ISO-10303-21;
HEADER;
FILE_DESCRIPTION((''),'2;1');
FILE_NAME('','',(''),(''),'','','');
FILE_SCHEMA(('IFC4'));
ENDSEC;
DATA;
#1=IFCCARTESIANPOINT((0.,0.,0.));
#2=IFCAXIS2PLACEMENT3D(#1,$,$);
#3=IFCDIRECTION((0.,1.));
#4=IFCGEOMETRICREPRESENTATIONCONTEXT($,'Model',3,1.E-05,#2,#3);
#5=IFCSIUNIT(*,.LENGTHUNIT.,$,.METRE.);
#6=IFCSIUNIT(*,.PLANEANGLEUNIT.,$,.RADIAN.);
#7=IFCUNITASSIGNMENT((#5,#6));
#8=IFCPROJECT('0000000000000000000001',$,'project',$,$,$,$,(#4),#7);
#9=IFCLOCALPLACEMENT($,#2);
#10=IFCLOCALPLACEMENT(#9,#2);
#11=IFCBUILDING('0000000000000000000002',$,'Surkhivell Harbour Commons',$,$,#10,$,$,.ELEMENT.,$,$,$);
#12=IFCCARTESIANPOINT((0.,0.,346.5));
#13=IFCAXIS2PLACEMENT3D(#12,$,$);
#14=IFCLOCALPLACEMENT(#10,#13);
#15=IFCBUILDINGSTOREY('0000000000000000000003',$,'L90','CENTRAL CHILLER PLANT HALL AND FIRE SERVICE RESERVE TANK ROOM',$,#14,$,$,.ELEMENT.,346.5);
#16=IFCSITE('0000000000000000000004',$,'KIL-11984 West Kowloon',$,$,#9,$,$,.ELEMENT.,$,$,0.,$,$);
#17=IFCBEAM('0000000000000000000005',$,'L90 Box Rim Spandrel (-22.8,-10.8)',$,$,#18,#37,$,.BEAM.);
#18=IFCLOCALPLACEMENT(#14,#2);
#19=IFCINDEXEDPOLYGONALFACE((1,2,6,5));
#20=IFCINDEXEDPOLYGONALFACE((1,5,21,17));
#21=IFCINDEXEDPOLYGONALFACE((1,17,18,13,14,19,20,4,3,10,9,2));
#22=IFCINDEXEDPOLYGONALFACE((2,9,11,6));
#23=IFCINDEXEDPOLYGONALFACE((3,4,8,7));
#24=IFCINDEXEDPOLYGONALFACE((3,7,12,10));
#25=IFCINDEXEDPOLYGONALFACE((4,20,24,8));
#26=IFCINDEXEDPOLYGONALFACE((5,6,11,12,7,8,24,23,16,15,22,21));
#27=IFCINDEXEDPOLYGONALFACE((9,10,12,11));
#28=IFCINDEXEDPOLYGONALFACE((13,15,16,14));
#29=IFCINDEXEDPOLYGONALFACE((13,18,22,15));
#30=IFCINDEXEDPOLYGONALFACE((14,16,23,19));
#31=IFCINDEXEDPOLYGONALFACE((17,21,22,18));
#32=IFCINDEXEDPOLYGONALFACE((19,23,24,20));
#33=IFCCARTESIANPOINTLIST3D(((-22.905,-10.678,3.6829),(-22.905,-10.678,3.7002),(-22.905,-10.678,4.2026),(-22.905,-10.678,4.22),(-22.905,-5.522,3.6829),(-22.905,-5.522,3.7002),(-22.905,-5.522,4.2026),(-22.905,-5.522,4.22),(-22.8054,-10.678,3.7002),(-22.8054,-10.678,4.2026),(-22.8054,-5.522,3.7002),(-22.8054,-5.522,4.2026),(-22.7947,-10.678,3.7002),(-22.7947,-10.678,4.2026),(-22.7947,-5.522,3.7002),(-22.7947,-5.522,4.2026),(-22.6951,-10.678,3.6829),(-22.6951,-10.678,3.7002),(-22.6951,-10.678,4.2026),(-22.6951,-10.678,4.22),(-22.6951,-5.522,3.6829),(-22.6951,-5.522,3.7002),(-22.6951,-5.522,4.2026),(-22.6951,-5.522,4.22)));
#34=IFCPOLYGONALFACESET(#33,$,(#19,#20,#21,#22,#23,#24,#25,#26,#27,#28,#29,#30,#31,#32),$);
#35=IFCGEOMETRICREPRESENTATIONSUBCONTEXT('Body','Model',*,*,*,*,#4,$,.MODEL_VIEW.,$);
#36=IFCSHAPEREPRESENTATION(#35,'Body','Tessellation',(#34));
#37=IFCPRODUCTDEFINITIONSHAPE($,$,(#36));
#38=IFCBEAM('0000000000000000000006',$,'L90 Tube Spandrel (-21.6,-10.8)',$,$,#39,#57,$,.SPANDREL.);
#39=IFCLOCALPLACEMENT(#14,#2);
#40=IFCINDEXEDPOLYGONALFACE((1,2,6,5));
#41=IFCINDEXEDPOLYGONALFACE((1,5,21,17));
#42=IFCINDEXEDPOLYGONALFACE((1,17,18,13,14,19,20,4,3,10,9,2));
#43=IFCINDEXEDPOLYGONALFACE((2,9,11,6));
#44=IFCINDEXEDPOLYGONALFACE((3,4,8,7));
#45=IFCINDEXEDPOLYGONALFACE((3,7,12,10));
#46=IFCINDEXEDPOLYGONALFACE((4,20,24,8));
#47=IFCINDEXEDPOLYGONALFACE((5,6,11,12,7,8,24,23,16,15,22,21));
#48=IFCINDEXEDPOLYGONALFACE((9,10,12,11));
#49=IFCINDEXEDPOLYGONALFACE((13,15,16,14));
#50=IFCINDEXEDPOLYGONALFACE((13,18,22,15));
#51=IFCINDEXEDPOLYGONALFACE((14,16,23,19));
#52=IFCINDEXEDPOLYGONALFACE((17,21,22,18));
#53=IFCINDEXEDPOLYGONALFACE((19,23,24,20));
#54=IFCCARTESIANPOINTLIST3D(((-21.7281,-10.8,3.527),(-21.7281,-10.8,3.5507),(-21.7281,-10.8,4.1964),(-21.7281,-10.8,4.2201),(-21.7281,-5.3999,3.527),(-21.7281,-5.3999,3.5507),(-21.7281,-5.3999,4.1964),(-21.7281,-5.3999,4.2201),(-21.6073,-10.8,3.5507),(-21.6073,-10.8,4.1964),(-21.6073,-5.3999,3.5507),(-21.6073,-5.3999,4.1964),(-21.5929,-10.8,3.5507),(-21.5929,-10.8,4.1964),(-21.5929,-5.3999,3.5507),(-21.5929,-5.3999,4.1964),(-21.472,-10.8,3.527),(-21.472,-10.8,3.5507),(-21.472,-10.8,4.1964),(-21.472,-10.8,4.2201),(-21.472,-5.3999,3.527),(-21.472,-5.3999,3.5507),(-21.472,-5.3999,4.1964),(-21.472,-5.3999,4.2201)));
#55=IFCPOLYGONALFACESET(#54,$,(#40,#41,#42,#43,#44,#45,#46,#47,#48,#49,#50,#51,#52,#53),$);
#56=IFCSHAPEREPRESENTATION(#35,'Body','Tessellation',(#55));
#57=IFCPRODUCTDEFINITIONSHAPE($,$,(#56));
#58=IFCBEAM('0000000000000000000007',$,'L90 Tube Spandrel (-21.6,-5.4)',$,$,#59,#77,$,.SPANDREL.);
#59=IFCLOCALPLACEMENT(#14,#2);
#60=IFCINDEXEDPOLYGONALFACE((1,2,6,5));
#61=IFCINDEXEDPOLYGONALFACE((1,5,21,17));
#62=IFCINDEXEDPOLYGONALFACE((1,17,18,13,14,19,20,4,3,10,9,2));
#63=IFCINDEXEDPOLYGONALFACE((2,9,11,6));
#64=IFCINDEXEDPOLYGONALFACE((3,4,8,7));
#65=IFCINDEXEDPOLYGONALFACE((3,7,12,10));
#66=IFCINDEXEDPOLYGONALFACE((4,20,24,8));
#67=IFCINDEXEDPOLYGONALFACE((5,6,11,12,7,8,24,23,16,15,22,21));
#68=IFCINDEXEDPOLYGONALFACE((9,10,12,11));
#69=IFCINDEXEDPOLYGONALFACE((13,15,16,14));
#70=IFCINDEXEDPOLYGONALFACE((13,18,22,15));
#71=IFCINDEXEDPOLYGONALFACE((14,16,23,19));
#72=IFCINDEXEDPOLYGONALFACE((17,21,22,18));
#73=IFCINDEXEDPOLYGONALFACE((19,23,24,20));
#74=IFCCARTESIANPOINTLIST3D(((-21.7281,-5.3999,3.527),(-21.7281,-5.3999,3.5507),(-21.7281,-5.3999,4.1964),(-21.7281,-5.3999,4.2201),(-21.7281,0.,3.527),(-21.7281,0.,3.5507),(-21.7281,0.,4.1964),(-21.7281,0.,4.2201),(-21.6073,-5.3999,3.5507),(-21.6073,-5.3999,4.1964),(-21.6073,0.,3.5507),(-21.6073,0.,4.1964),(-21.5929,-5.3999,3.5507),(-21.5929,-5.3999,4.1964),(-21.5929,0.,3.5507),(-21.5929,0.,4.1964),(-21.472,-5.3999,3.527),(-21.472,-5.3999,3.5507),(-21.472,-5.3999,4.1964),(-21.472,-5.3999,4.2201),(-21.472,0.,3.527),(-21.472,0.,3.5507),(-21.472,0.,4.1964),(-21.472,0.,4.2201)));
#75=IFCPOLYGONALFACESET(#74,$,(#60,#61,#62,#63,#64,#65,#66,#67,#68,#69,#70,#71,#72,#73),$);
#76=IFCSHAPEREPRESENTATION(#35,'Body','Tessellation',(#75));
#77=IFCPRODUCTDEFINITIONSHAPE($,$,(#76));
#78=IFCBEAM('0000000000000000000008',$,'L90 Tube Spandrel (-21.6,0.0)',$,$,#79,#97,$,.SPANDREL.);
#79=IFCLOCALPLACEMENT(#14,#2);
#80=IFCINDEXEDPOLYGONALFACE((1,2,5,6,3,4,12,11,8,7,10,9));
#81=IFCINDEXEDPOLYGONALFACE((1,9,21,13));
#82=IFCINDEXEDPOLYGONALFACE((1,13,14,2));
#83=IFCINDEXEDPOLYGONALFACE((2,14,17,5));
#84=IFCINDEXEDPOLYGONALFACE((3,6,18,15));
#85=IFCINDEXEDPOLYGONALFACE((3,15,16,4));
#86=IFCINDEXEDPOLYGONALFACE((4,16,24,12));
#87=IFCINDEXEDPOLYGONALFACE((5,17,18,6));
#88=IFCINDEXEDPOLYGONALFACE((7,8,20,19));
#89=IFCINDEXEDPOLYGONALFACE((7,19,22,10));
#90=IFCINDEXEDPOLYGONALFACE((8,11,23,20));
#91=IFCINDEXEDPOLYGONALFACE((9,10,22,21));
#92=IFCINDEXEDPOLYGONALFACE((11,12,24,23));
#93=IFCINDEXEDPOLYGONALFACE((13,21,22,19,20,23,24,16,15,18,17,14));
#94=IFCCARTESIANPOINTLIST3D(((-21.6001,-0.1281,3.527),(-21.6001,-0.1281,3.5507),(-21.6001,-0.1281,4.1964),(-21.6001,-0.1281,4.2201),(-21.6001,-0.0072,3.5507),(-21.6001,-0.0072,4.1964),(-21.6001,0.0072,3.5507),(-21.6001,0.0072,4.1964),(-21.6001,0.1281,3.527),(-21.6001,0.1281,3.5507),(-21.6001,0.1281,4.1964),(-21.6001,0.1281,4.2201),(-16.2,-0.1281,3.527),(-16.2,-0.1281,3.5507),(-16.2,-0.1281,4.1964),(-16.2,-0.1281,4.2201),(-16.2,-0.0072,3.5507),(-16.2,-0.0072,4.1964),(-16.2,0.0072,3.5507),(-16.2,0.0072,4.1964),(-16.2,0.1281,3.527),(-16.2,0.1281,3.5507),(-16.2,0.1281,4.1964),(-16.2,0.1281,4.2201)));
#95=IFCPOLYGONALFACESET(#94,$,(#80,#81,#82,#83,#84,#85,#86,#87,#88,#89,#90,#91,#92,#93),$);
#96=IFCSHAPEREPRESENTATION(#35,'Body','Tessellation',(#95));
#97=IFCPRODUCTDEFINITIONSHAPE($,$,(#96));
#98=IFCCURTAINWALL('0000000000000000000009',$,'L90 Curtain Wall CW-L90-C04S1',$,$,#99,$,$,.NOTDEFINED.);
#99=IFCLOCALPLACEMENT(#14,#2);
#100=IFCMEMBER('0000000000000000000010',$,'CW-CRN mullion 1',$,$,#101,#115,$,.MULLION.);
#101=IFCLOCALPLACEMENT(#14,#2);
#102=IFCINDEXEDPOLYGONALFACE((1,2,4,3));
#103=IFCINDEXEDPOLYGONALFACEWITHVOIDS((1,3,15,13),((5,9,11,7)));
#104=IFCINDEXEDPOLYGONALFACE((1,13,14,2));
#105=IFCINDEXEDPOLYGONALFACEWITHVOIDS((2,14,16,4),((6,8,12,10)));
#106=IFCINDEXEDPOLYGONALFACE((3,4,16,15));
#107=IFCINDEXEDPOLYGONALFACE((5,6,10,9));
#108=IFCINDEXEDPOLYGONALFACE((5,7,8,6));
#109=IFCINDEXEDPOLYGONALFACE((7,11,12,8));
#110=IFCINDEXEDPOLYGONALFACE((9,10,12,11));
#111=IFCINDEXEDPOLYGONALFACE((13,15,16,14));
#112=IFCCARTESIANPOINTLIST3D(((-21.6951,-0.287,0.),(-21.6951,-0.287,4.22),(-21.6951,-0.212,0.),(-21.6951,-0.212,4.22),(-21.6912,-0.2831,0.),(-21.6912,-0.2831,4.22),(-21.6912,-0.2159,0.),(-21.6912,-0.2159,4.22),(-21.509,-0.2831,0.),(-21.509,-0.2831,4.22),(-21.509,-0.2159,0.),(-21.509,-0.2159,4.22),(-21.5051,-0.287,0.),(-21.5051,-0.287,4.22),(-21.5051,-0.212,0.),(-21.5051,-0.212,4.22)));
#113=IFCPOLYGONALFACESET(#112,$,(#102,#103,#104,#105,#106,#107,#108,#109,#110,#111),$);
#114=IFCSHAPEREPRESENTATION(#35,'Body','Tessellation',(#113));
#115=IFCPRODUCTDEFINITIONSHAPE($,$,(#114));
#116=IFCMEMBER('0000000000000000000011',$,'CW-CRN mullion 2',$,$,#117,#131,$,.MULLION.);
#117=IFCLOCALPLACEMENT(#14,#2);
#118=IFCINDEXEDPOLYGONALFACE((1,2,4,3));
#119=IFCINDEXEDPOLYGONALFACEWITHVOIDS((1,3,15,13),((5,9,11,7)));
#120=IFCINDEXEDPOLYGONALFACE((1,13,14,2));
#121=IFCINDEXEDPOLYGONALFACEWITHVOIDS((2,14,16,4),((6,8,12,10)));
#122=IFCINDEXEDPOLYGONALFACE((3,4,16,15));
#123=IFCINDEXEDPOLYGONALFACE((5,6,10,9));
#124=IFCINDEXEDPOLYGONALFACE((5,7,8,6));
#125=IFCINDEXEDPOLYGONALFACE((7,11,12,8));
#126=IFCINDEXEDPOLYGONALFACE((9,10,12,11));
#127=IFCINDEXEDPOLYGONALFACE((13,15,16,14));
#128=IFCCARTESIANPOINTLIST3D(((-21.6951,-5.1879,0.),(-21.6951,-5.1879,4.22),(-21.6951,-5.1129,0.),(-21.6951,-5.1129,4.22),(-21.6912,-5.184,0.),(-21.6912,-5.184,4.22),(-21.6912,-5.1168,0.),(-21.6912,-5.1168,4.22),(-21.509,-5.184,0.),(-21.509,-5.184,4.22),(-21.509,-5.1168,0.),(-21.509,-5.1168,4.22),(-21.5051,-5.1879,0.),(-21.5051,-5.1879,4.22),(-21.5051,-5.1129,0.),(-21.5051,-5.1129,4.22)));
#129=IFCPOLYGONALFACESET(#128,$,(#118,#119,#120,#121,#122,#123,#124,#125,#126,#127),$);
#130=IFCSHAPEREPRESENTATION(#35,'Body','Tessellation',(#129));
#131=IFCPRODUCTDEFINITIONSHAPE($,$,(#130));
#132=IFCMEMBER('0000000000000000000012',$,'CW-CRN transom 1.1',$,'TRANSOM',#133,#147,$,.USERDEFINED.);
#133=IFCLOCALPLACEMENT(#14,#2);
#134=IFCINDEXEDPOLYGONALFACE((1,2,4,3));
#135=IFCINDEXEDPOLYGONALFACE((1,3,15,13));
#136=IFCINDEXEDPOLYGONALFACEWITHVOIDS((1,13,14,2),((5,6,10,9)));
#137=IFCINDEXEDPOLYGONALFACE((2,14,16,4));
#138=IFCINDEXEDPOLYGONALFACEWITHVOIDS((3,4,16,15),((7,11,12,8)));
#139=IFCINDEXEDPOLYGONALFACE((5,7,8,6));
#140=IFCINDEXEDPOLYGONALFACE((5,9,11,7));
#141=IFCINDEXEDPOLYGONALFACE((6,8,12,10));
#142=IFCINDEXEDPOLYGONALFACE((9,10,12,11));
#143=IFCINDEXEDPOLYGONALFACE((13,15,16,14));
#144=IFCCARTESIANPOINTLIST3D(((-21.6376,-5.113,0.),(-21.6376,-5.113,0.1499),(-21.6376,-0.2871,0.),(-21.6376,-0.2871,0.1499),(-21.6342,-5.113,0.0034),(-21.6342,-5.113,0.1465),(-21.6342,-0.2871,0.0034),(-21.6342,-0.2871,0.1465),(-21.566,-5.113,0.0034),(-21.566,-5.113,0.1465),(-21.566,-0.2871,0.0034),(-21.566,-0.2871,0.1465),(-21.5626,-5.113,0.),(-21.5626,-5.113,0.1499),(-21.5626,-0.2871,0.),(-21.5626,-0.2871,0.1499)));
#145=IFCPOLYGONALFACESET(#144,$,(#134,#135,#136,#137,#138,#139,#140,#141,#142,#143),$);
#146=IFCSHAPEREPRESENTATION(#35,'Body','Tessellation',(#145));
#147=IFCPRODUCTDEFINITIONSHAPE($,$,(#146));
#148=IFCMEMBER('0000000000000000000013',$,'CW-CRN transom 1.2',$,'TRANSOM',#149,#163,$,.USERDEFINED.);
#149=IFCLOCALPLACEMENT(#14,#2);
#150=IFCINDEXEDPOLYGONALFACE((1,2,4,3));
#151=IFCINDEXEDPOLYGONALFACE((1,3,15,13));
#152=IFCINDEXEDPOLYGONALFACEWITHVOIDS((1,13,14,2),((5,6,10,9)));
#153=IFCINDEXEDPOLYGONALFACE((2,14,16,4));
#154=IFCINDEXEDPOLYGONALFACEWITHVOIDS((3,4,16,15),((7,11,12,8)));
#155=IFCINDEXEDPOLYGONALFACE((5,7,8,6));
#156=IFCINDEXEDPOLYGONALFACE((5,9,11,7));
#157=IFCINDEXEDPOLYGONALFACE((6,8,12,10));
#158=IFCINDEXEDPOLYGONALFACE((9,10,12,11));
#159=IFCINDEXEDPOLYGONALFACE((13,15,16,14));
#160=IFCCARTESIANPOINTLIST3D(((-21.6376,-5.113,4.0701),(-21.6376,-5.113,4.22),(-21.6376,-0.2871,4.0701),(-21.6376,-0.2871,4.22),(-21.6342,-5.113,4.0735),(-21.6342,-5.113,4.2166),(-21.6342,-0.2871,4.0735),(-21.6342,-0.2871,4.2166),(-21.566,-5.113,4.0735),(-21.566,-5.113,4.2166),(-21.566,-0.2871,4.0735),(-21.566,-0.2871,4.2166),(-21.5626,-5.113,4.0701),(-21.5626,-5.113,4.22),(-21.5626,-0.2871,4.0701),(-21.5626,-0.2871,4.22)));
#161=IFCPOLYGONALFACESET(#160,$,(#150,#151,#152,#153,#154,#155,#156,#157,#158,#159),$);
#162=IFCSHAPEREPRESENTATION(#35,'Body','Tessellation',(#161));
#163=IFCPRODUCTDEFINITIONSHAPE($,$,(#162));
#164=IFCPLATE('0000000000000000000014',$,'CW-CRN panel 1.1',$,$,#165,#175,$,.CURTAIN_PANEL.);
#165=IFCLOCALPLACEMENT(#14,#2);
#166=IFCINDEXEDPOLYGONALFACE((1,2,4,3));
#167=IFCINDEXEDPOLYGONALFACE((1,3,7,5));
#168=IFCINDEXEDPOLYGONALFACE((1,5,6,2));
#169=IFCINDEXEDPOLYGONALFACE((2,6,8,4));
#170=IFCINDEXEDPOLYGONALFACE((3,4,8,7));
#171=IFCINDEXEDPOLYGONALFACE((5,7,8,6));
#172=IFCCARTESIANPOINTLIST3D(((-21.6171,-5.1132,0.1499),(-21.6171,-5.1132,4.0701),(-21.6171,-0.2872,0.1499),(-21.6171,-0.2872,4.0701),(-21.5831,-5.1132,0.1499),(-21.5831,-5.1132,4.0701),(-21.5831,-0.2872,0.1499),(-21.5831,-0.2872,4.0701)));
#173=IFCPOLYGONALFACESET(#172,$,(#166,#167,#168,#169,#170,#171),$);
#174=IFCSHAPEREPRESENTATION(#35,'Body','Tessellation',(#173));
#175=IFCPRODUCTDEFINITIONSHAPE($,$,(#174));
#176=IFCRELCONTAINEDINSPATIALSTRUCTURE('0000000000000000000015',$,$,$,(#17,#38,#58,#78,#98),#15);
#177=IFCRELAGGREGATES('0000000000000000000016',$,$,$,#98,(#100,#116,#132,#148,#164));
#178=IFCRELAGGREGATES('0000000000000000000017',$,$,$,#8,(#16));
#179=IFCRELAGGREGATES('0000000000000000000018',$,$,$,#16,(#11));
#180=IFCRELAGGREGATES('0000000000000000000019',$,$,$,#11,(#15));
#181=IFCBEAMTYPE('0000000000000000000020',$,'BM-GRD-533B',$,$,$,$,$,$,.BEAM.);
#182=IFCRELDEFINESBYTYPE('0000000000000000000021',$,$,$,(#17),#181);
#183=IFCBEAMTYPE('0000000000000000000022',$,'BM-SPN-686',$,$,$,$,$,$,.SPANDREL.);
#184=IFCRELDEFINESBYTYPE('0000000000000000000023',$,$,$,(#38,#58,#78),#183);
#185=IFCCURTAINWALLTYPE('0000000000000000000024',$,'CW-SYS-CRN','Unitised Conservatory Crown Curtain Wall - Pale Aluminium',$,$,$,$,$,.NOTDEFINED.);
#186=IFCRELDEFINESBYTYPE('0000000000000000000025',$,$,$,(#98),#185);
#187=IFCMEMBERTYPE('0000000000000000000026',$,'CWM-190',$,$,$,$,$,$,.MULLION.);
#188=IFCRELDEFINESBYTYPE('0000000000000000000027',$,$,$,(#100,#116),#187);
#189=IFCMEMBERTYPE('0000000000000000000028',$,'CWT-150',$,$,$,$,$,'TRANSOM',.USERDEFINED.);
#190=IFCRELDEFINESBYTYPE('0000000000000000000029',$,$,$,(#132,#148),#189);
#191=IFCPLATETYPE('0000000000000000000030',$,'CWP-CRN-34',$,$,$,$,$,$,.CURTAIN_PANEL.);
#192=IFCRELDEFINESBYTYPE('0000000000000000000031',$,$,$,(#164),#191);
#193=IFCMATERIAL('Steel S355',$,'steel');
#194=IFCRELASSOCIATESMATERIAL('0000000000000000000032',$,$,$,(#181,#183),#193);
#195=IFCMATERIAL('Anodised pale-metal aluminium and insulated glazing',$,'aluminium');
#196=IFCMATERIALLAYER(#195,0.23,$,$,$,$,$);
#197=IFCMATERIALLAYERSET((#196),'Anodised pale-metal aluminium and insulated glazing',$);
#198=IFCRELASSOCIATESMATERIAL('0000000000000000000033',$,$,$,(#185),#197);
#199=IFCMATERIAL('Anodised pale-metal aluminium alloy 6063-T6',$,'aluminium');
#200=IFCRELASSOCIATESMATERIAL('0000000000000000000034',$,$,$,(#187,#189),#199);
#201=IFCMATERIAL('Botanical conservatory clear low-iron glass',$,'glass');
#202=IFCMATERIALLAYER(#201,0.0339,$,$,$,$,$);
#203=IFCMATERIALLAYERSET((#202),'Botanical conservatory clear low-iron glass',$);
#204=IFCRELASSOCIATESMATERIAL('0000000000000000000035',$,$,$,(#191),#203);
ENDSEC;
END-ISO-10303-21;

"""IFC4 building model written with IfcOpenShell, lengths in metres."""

from ifc_helpers import new_model, si_unit, direction, frame, frame_2d, origin, origin_2d, place, context, subcontext, project, spatial, rectangle, hollow_rectangle, i_section, extrude, material, layer, layer_set, material_profile, profile_set, type_object, element, aggregate, save


model = new_model("IFC4")

# Units and contexts
model_context = context("Model", 3, precision=1e-05, world=origin(), true_north=direction((0.0, 1.0)))
body_context = subcontext(model_context, "Body", "Model", "MODEL_VIEW")
ifc_project = project(units=[si_unit("LENGTHUNIT", "METRE"), si_unit("PLANEANGLEUNIT", "RADIAN")], contexts=[model_context])

# Site, building, storey
site_placement = place(None, origin())
site = spatial("IfcSite", under=ifc_project, at=site_placement, Name="KIL-11984 West Kowloon", CompositionType="ELEMENT", RefElevation=0.0)
building_placement = place(site_placement, origin())
building = spatial("IfcBuilding", under=site, at=building_placement, Name="Surkhivell Harbour Commons", CompositionType="ELEMENT")
storey_placement = place(building_placement, frame((0.0, 0.0, 346.5)))
storey = spatial("IfcBuildingStorey", under=building, at=storey_placement, Name="L90", Description="CENTRAL CHILLER PLANT HALL AND FIRE SERVICE RESERVE TANK ROOM", CompositionType="ELEMENT", Elevation=346.5)

# Beams
ifc_material_1 = material(Name="Steel S355", Category="steel")
ifc_material_profile_1 = material_profile(ifc_material_1, i_section(OverallWidth=0.21, OverallDepth=0.5371, WebThickness=0.0107, FlangeThickness=0.0173, at=origin_2d()), Name="UB533x210x101")
ifc_profile_set_1 = profile_set([ifc_material_profile_1], Name="Steel S355")
beam_type_1 = type_object("IfcBeamType", Name="BM-GRD-533B", PredefinedType="BEAM", material=ifc_profile_set_1)
beam_1_placement = place(storey_placement, frame((-22.8, -10.678, 3.9514), z_axis=(0.0, 1.0, 0.0), x_axis=(-1.0, 0.0, 0.0)))
element("IfcBeam", 1, at=beam_1_placement, inside=storey, type_object=beam_type_1, Name="L90 Box Rim Spandrel (-22.8,-10.8)", PredefinedType="BEAM", context=body_context, shape_type="SweptSolid", body=[
    extrude(i_section(OverallWidth=0.21, OverallDepth=0.5371, WebThickness=0.0107, FlangeThickness=0.0173, at=origin_2d()), origin(), (0.0, 0.0, 1.0), 5.156),
])
ifc_material_profile_2 = material_profile(ifc_material_1, i_section(OverallWidth=0.2561, OverallDepth=0.6931, WebThickness=0.0144, FlangeThickness=0.0237, at=origin_2d()), Name="UB686x254x170")
ifc_profile_set_2 = profile_set([ifc_material_profile_2], Name="Steel S355")
beam_type_2 = type_object("IfcBeamType", Name="BM-SPN-686", PredefinedType="SPANDREL", material=ifc_profile_set_2)
beam_2_placement = place(storey_placement, frame((-21.6001, -10.8, 3.8735), z_axis=(0.0, 1.0, 0.0), x_axis=(-1.0, 0.0, 0.0)))
element("IfcBeam", 2, at=beam_2_placement, inside=storey, type_object=beam_type_2, Name="L90 Tube Spandrel (-21.6,-10.8)", PredefinedType="SPANDREL", context=body_context, shape_type="SweptSolid", body=[
    extrude(i_section(OverallWidth=0.2561, OverallDepth=0.6931, WebThickness=0.0144, FlangeThickness=0.0237, at=origin_2d()), origin(), (0.0, 0.0, 1.0), 5.4001),
])
beam_3_placement = place(storey_placement, frame((-21.6001, -5.3999, 3.8735), z_axis=(0.0, 1.0, 0.0), x_axis=(-1.0, 0.0, 0.0)))
element("IfcBeam", 3, at=beam_3_placement, inside=storey, type_object=beam_type_2, Name="L90 Tube Spandrel (-21.6,-5.4)", PredefinedType="SPANDREL", context=body_context, shape_type="SweptSolid", body=[
    extrude(i_section(OverallWidth=0.2561, OverallDepth=0.6931, WebThickness=0.0144, FlangeThickness=0.0237, at=origin_2d()), origin(), (0.0, 0.0, 1.0), 5.3999),
])
beam_4_placement = place(storey_placement, frame((-21.6001, 0.0, 3.8735), z_axis=(1.0, 0.0, 0.0), x_axis=(0.0, 1.0, 0.0)))
element("IfcBeam", 4, at=beam_4_placement, inside=storey, type_object=beam_type_2, Name="L90 Tube Spandrel (-21.6,0.0)", PredefinedType="SPANDREL", context=body_context, shape_type="SweptSolid", body=[
    extrude(i_section(OverallWidth=0.2561, OverallDepth=0.6931, WebThickness=0.0144, FlangeThickness=0.0237, at=origin_2d()), origin(), (0.0, 0.0, 1.0), 5.4001),
])

# Curtain wall, members, plate
ifc_material_2 = material(Name="Anodised pale-metal aluminium and insulated glazing", Category="aluminium")
ifc_layer_1 = layer(ifc_material_2, 0.23)
ifc_layer_set_1 = layer_set([ifc_layer_1], Name="Anodised pale-metal aluminium and insulated glazing")
curtain_wall_type = type_object("IfcCurtainWallType", Name="CW-SYS-CRN", Description="Unitised Conservatory Crown Curtain Wall - Pale Aluminium", PredefinedType="NOTDEFINED", material=ifc_layer_set_1)
curtain_wall_placement = place(storey_placement, origin())
curtain_wall = element("IfcCurtainWall", 5, at=curtain_wall_placement, inside=storey, type_object=curtain_wall_type, Name="L90 Curtain Wall CW-L90-C04S1", PredefinedType="NOTDEFINED")
ifc_material_3 = material(Name="Anodised pale-metal aluminium alloy 6063-T6", Category="aluminium")
ifc_material_profile_3 = material_profile(ifc_material_3, hollow_rectangle(XDim=0.075, YDim=0.1899, WallThickness=0.0039, at=origin_2d()), Name="ALU-MULL-75x190")
ifc_profile_set_3 = profile_set([ifc_material_profile_3], Name="Anodised pale-metal aluminium alloy 6063-T6")
member_type_1 = type_object("IfcMemberType", Name="CWM-190", PredefinedType="MULLION", material=ifc_profile_set_3)
member_1_placement = place(storey_placement, frame((-21.6001, -0.2495, 0.0), z_axis=(0.0, 0.0, 1.0), x_axis=(0.0, -1.0, 0.0)))
member_1 = element("IfcMember", 6, at=member_1_placement, type_object=member_type_1, Name="CW-CRN mullion 1", PredefinedType="MULLION", context=body_context, shape_type="SweptSolid", body=[
    extrude(hollow_rectangle(XDim=0.075, YDim=0.1899, WallThickness=0.0039, at=origin_2d()), origin(), (0.0, 0.0, 1.0), 4.22),
])
member_2_placement = place(storey_placement, frame((-21.6001, -5.1504, 0.0), z_axis=(0.0, 0.0, 1.0), x_axis=(0.0, -1.0, 0.0)))
member_2 = element("IfcMember", 7, at=member_2_placement, type_object=member_type_1, Name="CW-CRN mullion 2", PredefinedType="MULLION", context=body_context, shape_type="SweptSolid", body=[
    extrude(hollow_rectangle(XDim=0.075, YDim=0.1899, WallThickness=0.0039, at=origin_2d()), origin(), (0.0, 0.0, 1.0), 4.22),
])
ifc_material_profile_4 = material_profile(ifc_material_3, hollow_rectangle(XDim=0.075, YDim=0.1499, WallThickness=0.0034, at=origin_2d()), Name="ALU-TRAN-75x150")
ifc_profile_set_4 = profile_set([ifc_material_profile_4], Name="Anodised pale-metal aluminium alloy 6063-T6")
member_type_2 = type_object("IfcMemberType", Name="CWT-150", ElementType="TRANSOM", PredefinedType="USERDEFINED", material=ifc_profile_set_4)
member_3_placement = place(storey_placement, frame((-21.6001, -0.2871, 0.075), z_axis=(0.0, -1.0, 0.0), x_axis=(1.0, 0.0, 0.0)))
member_3 = element("IfcMember", 8, at=member_3_placement, type_object=member_type_2, Name="CW-CRN transom 1.1", ObjectType="TRANSOM", PredefinedType="USERDEFINED", context=body_context, shape_type="SweptSolid", body=[
    extrude(hollow_rectangle(XDim=0.075, YDim=0.1499, WallThickness=0.0034, at=origin_2d()), origin(), (0.0, 0.0, 1.0), 4.8259),
])
member_4_placement = place(storey_placement, frame((-21.6001, -0.2871, 4.145), z_axis=(0.0, -1.0, 0.0), x_axis=(1.0, 0.0, 0.0)))
member_4 = element("IfcMember", 9, at=member_4_placement, type_object=member_type_2, Name="CW-CRN transom 1.2", ObjectType="TRANSOM", PredefinedType="USERDEFINED", context=body_context, shape_type="SweptSolid", body=[
    extrude(hollow_rectangle(XDim=0.075, YDim=0.1499, WallThickness=0.0034, at=origin_2d()), origin(), (0.0, 0.0, 1.0), 4.8259),
])
ifc_material_4 = material(Name="Botanical conservatory clear low-iron glass", Category="glass")
ifc_layer_2 = layer(ifc_material_4, 0.0339)
ifc_layer_set_2 = layer_set([ifc_layer_2], Name="Botanical conservatory clear low-iron glass")
plate_type = type_object("IfcPlateType", Name="CWP-CRN-34", PredefinedType="CURTAIN_PANEL", material=ifc_layer_set_2)
plate_placement = place(storey_placement, frame((-21.6001, -0.2871, 0.1499), z_axis=(0.0, 0.0, 1.0), x_axis=(0.0, -1.0, 0.0)))
plate = element("IfcPlate", 10, at=plate_placement, type_object=plate_type, Name="CW-CRN panel 1.1", PredefinedType="CURTAIN_PANEL", context=body_context, shape_type="SweptSolid", body=[
    extrude(rectangle(XDim=4.8259, YDim=0.0339, at=frame_2d((2.4131, 0.0))), origin(), (0.0, 0.0, 1.0), 3.9202),
])
aggregate(curtain_wall, [member_1, member_2, member_3, member_4, plate])

save(model, "model.ifc")
